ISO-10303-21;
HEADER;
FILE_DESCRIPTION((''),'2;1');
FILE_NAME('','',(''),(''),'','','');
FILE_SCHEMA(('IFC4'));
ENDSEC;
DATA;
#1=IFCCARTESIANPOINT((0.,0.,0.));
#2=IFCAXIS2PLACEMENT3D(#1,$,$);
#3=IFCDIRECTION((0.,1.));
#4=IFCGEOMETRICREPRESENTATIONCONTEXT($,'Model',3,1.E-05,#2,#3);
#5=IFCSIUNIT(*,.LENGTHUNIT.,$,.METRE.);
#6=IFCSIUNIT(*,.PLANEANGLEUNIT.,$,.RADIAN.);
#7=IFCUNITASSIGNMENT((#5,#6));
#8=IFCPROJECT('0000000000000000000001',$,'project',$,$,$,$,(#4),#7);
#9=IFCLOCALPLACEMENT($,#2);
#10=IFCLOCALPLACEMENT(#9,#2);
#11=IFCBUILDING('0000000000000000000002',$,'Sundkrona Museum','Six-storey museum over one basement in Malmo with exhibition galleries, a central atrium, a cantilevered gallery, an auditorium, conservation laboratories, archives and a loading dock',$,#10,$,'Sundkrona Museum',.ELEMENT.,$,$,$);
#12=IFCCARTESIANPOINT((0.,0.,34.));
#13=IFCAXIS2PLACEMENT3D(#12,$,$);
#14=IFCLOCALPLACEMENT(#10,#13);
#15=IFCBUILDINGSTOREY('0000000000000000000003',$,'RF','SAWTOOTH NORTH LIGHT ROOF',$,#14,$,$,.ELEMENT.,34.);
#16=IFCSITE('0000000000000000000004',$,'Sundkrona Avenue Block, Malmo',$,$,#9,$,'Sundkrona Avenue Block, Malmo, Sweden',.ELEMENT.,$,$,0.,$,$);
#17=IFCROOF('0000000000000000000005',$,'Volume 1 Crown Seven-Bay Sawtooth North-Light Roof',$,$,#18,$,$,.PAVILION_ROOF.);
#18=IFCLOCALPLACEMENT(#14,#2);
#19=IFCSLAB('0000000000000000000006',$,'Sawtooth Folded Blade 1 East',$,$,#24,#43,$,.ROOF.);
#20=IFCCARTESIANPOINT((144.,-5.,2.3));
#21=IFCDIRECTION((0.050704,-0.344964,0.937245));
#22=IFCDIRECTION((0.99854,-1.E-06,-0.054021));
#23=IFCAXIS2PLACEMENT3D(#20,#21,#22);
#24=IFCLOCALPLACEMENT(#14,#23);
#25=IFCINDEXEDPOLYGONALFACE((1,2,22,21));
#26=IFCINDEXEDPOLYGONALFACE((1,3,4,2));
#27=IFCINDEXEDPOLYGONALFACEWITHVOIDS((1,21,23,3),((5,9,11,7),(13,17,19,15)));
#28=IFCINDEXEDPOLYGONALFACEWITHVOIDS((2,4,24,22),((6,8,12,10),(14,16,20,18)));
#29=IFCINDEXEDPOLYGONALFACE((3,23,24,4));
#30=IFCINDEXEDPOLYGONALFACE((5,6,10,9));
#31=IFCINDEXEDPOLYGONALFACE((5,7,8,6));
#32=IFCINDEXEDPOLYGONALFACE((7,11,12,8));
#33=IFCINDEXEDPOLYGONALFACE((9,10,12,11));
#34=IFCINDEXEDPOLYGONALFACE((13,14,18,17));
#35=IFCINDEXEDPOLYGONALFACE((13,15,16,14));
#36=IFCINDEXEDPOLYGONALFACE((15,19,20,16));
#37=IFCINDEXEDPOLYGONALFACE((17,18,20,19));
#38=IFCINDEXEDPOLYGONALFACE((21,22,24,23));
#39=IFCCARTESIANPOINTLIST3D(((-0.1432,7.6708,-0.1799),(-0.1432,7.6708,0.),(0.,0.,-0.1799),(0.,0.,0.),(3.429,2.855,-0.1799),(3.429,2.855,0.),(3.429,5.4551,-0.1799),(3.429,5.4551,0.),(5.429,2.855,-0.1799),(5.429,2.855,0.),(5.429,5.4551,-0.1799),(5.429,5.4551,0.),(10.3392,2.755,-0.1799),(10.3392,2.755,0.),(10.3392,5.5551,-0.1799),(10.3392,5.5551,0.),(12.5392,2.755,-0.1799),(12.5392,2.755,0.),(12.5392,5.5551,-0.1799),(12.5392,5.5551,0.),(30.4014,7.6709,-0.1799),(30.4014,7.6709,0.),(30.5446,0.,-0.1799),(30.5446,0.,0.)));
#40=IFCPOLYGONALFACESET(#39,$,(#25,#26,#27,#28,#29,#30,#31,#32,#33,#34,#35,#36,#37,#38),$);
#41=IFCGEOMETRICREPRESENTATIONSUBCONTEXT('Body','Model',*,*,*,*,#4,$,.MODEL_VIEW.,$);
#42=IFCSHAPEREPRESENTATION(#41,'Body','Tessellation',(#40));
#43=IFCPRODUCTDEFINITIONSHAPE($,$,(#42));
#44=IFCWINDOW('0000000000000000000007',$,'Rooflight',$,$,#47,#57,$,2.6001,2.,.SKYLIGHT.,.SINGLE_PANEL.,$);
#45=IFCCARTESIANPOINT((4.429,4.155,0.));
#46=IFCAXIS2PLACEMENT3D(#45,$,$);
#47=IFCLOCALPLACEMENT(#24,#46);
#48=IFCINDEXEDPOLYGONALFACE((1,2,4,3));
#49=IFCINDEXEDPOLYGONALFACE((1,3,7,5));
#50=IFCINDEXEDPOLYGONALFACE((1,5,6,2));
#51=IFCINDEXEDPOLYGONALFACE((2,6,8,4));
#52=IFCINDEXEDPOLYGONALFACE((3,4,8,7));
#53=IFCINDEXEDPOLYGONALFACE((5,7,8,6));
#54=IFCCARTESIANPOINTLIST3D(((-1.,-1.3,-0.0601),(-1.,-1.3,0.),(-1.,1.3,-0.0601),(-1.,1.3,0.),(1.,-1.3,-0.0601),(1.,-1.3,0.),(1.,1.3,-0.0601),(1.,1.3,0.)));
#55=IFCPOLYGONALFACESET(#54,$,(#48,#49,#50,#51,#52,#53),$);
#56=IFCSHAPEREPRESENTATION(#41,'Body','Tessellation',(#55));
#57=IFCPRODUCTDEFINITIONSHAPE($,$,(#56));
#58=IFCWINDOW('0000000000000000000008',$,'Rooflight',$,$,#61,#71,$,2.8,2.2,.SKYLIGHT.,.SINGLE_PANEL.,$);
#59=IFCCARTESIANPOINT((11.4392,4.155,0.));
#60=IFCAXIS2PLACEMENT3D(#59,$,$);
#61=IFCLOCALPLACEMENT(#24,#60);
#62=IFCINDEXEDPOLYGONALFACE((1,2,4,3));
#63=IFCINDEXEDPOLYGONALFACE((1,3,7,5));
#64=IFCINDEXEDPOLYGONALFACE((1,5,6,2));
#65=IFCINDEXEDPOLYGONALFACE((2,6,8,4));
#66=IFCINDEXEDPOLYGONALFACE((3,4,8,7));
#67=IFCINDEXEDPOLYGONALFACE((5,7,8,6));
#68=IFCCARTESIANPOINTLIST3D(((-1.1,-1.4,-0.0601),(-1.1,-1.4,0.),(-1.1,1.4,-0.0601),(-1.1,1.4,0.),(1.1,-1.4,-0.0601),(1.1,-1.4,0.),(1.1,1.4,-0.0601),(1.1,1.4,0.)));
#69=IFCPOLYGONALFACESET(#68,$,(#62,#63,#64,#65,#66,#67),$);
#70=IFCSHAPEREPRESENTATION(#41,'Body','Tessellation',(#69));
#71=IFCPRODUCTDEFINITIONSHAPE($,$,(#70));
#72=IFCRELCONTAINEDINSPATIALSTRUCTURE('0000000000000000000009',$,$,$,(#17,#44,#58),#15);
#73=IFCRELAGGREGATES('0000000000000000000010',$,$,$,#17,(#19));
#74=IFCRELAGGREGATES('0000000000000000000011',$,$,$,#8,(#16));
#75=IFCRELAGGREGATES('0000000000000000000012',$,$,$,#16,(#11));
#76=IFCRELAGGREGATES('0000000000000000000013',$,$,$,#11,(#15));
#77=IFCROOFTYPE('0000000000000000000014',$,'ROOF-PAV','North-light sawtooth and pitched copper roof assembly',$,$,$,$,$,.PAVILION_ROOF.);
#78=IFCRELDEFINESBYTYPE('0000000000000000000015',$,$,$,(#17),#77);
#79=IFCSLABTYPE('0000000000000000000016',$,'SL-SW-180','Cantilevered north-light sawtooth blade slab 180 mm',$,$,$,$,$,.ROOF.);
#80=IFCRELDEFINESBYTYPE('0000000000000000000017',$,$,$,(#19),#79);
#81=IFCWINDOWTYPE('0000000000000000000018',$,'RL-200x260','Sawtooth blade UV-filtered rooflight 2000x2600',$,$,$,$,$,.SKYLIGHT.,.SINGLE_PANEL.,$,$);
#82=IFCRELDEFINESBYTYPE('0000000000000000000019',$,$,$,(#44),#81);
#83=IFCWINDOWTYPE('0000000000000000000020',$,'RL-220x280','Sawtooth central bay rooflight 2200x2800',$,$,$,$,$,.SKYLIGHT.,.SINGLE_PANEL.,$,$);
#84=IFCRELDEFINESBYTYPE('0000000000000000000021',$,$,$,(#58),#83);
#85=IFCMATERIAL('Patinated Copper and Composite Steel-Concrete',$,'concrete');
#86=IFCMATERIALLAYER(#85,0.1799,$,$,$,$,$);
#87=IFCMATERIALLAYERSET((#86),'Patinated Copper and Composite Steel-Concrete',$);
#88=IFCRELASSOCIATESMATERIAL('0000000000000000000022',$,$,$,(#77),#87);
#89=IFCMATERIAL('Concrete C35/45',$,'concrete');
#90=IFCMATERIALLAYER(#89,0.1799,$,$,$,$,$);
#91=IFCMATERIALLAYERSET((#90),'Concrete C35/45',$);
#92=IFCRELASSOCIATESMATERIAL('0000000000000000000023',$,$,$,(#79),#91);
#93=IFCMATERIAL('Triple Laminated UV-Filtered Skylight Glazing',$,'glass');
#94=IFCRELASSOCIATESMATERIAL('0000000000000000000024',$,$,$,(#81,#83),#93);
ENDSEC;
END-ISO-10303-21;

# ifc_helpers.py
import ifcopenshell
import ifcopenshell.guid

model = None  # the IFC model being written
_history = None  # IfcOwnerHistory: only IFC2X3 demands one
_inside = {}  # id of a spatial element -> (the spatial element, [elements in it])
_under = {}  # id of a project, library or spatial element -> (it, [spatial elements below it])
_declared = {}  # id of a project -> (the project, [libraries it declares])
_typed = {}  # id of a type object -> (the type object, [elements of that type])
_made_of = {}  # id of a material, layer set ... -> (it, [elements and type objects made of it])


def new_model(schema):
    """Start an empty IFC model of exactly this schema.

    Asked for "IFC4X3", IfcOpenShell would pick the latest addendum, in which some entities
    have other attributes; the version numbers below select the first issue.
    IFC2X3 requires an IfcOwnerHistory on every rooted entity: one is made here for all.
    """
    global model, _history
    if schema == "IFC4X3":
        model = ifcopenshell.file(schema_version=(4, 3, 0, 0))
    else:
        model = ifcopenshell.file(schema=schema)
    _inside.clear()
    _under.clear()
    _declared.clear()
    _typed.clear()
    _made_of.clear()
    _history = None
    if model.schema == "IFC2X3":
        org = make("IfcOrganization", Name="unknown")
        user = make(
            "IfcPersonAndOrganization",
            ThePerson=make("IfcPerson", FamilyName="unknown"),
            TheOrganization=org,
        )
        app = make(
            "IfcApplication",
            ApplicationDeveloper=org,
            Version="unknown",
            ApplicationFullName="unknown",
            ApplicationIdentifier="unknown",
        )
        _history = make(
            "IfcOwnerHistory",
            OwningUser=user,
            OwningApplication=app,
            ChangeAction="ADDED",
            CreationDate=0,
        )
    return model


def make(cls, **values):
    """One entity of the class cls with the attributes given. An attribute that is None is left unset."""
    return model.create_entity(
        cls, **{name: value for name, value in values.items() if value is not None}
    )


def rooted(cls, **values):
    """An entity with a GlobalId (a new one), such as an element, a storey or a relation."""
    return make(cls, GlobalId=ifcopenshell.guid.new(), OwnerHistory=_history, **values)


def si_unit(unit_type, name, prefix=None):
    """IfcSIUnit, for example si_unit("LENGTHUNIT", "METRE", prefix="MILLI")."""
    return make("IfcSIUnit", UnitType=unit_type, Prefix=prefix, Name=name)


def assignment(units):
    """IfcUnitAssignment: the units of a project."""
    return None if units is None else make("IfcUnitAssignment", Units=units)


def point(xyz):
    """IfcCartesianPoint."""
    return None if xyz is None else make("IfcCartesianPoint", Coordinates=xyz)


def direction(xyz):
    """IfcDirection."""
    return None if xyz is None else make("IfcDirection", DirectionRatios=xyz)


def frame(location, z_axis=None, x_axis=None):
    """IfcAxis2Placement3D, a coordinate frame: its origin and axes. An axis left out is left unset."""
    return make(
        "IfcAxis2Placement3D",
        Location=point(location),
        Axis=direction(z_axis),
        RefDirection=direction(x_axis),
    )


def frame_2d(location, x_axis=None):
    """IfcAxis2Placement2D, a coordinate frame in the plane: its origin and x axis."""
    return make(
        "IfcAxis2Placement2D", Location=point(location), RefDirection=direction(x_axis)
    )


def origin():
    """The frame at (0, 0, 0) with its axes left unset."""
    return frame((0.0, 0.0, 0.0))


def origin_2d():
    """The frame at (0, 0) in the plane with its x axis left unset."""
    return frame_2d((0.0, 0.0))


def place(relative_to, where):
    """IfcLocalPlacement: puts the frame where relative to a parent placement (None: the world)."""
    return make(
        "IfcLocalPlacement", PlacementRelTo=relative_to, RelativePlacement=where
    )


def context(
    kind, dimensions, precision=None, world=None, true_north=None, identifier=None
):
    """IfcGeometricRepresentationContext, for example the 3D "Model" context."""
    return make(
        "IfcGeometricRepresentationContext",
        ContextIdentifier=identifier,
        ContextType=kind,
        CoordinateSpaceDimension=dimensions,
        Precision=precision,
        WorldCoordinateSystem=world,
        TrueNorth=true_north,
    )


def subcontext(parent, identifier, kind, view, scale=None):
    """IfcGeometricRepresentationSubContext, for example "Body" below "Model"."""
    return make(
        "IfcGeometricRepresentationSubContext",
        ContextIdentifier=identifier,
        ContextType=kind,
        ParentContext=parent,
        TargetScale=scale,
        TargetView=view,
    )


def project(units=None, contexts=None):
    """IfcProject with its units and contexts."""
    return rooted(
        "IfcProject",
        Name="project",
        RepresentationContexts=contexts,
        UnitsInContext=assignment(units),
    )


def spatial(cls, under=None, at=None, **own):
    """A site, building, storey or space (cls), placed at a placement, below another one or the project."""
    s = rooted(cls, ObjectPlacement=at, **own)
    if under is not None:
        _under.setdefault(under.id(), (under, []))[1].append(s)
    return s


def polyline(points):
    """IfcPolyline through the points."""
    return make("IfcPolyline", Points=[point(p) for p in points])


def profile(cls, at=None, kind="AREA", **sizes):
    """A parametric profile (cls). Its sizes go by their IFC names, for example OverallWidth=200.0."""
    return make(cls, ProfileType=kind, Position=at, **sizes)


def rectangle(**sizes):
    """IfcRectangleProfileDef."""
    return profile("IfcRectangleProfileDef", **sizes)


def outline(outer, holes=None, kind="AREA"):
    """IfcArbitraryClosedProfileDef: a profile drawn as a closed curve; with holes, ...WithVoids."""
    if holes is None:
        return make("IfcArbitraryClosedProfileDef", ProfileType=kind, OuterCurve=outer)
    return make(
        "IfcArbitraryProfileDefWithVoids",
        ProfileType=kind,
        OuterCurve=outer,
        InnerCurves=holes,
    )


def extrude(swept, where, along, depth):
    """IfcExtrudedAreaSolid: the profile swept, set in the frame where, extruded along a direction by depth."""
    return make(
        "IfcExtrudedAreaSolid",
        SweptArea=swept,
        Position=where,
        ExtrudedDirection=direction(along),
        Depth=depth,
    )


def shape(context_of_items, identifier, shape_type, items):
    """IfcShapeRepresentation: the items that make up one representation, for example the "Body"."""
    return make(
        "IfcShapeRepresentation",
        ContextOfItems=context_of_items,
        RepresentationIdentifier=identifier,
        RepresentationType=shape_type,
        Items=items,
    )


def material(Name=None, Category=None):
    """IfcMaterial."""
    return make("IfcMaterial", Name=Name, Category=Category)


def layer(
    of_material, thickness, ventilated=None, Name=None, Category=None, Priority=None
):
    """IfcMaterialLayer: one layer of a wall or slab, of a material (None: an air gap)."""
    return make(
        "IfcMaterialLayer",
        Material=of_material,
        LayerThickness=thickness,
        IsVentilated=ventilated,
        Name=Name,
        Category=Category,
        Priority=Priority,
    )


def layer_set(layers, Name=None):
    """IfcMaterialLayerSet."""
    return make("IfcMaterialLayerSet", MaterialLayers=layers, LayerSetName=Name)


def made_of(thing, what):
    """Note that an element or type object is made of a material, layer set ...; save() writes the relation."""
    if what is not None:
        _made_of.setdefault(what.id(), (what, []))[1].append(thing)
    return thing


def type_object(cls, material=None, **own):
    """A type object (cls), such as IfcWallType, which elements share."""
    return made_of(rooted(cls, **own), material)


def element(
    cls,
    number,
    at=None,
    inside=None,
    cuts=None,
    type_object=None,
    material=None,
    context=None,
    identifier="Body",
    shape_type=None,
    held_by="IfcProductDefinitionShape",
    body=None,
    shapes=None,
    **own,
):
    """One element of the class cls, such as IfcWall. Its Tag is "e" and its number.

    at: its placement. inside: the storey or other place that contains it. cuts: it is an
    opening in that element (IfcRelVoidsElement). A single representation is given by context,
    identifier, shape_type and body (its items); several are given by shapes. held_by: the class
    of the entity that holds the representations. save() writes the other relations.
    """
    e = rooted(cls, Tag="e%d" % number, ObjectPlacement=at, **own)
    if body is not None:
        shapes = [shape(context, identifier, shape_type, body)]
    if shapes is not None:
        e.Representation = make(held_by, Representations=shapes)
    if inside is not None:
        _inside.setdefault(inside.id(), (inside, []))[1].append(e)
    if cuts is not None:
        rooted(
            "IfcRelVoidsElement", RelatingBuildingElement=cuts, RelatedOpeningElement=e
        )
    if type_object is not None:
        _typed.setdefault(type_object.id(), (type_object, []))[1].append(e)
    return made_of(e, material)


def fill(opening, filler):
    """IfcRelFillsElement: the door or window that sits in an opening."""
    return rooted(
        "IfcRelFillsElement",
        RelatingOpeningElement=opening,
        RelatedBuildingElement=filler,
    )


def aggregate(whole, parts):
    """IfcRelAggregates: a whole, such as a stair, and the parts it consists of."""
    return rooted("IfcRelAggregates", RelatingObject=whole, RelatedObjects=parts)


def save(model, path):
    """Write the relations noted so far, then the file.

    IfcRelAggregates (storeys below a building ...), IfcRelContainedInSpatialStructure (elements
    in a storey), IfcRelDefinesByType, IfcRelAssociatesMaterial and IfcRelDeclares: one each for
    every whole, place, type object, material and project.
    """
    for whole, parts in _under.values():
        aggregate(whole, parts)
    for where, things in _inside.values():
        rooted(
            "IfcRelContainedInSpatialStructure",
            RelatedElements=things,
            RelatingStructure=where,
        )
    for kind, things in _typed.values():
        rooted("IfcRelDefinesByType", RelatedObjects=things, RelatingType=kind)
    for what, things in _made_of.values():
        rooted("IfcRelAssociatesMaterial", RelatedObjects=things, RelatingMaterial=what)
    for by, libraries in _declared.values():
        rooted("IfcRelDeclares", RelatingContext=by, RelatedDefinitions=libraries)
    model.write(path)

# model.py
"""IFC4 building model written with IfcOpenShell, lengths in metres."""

from ifc_helpers import new_model, si_unit, direction, frame, origin, origin_2d, place, context, subcontext, project, spatial, polyline, rectangle, outline, extrude, material, layer, layer_set, type_object, element, fill, aggregate, save


model = new_model("IFC4")

# Units and contexts
model_context = context("Model", 3, precision=1e-05, world=origin(), true_north=direction((0.0, 1.0)))
body_context = subcontext(model_context, "Body", "Model", "MODEL_VIEW")
ifc_project = project(units=[si_unit("LENGTHUNIT", "METRE"), si_unit("PLANEANGLEUNIT", "RADIAN")], contexts=[model_context])

# Site, building, storey
site_placement = place(None, origin())
site = spatial("IfcSite", under=ifc_project, at=site_placement, Name="Sundkrona Avenue Block, Malmo", LongName="Sundkrona Avenue Block, Malmo, Sweden", CompositionType="ELEMENT", RefElevation=0.0)
building_placement = place(site_placement, origin())
building = spatial("IfcBuilding", under=site, at=building_placement, Name="Sundkrona Museum", Description="Six-storey museum over one basement in Malmo with exhibition galleries, a central atrium, a cantilevered gallery, an auditorium, conservation laboratories, archives and a loading dock", LongName="Sundkrona Museum", CompositionType="ELEMENT")
storey_placement = place(building_placement, frame((0.0, 0.0, 34.0)))
storey = spatial("IfcBuildingStorey", under=building, at=storey_placement, Name="RF", Description="SAWTOOTH NORTH LIGHT ROOF", CompositionType="ELEMENT", Elevation=34.0)

# Roof, slab, openings, windows
ifc_material_1 = material(Name="Patinated Copper and Composite Steel-Concrete", Category="concrete")
ifc_layer_1 = layer(ifc_material_1, 0.1799)
ifc_layer_set_1 = layer_set([ifc_layer_1], Name="Patinated Copper and Composite Steel-Concrete")
roof_type = type_object("IfcRoofType", Name="ROOF-PAV", Description="North-light sawtooth and pitched copper roof assembly", PredefinedType="PAVILION_ROOF", material=ifc_layer_set_1)
roof_placement = place(storey_placement, origin())
roof = element("IfcRoof", 1, at=roof_placement, inside=storey, type_object=roof_type, Name="Volume 1 Crown Seven-Bay Sawtooth North-Light Roof", PredefinedType="PAVILION_ROOF")
ifc_material_2 = material(Name="Concrete C35/45", Category="concrete")
ifc_layer_2 = layer(ifc_material_2, 0.1799)
ifc_layer_set_2 = layer_set([ifc_layer_2], Name="Concrete C35/45")
slab_type = type_object("IfcSlabType", Name="SL-SW-180", Description="Cantilevered north-light sawtooth blade slab 180 mm", PredefinedType="ROOF", material=ifc_layer_set_2)
slab_1_placement = place(storey_placement, frame((144.0, -5.0, 2.3), z_axis=(0.050704, -0.344964, 0.937245), x_axis=(0.99854, -0.000001, -0.054021)))
slab_1 = element("IfcSlab", 2, at=slab_1_placement, type_object=slab_type, Name="Sawtooth Folded Blade 1 East", PredefinedType="ROOF", context=body_context, shape_type="SweptSolid", body=[
    extrude(outline(polyline([(0.0, 0.0), (30.5446, 0.0), (30.4014, 7.6709), (-0.1432, 7.6708), (0.0, 0.0)])), origin(), (0.0, 0.0, -1.0), 0.1799),
])
opening_1_placement = place(slab_1_placement, frame((4.429, 4.155, 0.01)))
opening_1 = element("IfcOpeningElement", 3, at=opening_1_placement, cuts=slab_1, PredefinedType="OPENING", context=body_context, shape_type="SweptSolid", body=[
    extrude(rectangle(XDim=2.0, YDim=2.6001, at=origin_2d()), origin(), (0.0, 0.0, -1.0), 0.2),
])
opening_2_placement = place(slab_1_placement, frame((11.4392, 4.155, 0.01)))
opening_2 = element("IfcOpeningElement", 4, at=opening_2_placement, cuts=slab_1, PredefinedType="OPENING", context=body_context, shape_type="SweptSolid", body=[
    extrude(rectangle(XDim=2.2, YDim=2.8, at=origin_2d()), origin(), (0.0, 0.0, -1.0), 0.2),
])
ifc_material_3 = material(Name="Triple Laminated UV-Filtered Skylight Glazing", Category="glass")
window_type_1 = type_object("IfcWindowType", Name="RL-200x260", Description="Sawtooth blade UV-filtered rooflight 2000x2600", PartitioningType="SINGLE_PANEL", PredefinedType="SKYLIGHT", material=ifc_material_3)
window_1_placement = place(slab_1_placement, frame((4.429, 4.155, 0.0)))
window_1 = element("IfcWindow", 5, at=window_1_placement, inside=storey, type_object=window_type_1, Name="Rooflight", OverallHeight=2.6001, OverallWidth=2.0, PartitioningType="SINGLE_PANEL", PredefinedType="SKYLIGHT", context=body_context, shape_type="SweptSolid", body=[
    extrude(rectangle(XDim=2.0, YDim=2.6001, at=origin_2d()), origin(), (0.0, 0.0, -1.0), 0.0601),
])
fill(opening_1, window_1)
window_type_2 = type_object("IfcWindowType", Name="RL-220x280", Description="Sawtooth central bay rooflight 2200x2800", PartitioningType="SINGLE_PANEL", PredefinedType="SKYLIGHT", material=ifc_material_3)
window_2_placement = place(slab_1_placement, frame((11.4392, 4.155, 0.0)))
window_2 = element("IfcWindow", 6, at=window_2_placement, inside=storey, type_object=window_type_2, Name="Rooflight", OverallHeight=2.8, OverallWidth=2.2, PartitioningType="SINGLE_PANEL", PredefinedType="SKYLIGHT", context=body_context, shape_type="SweptSolid", body=[
    extrude(rectangle(XDim=2.2, YDim=2.8, at=origin_2d()), origin(), (0.0, 0.0, -1.0), 0.0601),
])
fill(opening_2, window_2)
aggregate(roof, [slab_1])

save(model, "model.ifc")
